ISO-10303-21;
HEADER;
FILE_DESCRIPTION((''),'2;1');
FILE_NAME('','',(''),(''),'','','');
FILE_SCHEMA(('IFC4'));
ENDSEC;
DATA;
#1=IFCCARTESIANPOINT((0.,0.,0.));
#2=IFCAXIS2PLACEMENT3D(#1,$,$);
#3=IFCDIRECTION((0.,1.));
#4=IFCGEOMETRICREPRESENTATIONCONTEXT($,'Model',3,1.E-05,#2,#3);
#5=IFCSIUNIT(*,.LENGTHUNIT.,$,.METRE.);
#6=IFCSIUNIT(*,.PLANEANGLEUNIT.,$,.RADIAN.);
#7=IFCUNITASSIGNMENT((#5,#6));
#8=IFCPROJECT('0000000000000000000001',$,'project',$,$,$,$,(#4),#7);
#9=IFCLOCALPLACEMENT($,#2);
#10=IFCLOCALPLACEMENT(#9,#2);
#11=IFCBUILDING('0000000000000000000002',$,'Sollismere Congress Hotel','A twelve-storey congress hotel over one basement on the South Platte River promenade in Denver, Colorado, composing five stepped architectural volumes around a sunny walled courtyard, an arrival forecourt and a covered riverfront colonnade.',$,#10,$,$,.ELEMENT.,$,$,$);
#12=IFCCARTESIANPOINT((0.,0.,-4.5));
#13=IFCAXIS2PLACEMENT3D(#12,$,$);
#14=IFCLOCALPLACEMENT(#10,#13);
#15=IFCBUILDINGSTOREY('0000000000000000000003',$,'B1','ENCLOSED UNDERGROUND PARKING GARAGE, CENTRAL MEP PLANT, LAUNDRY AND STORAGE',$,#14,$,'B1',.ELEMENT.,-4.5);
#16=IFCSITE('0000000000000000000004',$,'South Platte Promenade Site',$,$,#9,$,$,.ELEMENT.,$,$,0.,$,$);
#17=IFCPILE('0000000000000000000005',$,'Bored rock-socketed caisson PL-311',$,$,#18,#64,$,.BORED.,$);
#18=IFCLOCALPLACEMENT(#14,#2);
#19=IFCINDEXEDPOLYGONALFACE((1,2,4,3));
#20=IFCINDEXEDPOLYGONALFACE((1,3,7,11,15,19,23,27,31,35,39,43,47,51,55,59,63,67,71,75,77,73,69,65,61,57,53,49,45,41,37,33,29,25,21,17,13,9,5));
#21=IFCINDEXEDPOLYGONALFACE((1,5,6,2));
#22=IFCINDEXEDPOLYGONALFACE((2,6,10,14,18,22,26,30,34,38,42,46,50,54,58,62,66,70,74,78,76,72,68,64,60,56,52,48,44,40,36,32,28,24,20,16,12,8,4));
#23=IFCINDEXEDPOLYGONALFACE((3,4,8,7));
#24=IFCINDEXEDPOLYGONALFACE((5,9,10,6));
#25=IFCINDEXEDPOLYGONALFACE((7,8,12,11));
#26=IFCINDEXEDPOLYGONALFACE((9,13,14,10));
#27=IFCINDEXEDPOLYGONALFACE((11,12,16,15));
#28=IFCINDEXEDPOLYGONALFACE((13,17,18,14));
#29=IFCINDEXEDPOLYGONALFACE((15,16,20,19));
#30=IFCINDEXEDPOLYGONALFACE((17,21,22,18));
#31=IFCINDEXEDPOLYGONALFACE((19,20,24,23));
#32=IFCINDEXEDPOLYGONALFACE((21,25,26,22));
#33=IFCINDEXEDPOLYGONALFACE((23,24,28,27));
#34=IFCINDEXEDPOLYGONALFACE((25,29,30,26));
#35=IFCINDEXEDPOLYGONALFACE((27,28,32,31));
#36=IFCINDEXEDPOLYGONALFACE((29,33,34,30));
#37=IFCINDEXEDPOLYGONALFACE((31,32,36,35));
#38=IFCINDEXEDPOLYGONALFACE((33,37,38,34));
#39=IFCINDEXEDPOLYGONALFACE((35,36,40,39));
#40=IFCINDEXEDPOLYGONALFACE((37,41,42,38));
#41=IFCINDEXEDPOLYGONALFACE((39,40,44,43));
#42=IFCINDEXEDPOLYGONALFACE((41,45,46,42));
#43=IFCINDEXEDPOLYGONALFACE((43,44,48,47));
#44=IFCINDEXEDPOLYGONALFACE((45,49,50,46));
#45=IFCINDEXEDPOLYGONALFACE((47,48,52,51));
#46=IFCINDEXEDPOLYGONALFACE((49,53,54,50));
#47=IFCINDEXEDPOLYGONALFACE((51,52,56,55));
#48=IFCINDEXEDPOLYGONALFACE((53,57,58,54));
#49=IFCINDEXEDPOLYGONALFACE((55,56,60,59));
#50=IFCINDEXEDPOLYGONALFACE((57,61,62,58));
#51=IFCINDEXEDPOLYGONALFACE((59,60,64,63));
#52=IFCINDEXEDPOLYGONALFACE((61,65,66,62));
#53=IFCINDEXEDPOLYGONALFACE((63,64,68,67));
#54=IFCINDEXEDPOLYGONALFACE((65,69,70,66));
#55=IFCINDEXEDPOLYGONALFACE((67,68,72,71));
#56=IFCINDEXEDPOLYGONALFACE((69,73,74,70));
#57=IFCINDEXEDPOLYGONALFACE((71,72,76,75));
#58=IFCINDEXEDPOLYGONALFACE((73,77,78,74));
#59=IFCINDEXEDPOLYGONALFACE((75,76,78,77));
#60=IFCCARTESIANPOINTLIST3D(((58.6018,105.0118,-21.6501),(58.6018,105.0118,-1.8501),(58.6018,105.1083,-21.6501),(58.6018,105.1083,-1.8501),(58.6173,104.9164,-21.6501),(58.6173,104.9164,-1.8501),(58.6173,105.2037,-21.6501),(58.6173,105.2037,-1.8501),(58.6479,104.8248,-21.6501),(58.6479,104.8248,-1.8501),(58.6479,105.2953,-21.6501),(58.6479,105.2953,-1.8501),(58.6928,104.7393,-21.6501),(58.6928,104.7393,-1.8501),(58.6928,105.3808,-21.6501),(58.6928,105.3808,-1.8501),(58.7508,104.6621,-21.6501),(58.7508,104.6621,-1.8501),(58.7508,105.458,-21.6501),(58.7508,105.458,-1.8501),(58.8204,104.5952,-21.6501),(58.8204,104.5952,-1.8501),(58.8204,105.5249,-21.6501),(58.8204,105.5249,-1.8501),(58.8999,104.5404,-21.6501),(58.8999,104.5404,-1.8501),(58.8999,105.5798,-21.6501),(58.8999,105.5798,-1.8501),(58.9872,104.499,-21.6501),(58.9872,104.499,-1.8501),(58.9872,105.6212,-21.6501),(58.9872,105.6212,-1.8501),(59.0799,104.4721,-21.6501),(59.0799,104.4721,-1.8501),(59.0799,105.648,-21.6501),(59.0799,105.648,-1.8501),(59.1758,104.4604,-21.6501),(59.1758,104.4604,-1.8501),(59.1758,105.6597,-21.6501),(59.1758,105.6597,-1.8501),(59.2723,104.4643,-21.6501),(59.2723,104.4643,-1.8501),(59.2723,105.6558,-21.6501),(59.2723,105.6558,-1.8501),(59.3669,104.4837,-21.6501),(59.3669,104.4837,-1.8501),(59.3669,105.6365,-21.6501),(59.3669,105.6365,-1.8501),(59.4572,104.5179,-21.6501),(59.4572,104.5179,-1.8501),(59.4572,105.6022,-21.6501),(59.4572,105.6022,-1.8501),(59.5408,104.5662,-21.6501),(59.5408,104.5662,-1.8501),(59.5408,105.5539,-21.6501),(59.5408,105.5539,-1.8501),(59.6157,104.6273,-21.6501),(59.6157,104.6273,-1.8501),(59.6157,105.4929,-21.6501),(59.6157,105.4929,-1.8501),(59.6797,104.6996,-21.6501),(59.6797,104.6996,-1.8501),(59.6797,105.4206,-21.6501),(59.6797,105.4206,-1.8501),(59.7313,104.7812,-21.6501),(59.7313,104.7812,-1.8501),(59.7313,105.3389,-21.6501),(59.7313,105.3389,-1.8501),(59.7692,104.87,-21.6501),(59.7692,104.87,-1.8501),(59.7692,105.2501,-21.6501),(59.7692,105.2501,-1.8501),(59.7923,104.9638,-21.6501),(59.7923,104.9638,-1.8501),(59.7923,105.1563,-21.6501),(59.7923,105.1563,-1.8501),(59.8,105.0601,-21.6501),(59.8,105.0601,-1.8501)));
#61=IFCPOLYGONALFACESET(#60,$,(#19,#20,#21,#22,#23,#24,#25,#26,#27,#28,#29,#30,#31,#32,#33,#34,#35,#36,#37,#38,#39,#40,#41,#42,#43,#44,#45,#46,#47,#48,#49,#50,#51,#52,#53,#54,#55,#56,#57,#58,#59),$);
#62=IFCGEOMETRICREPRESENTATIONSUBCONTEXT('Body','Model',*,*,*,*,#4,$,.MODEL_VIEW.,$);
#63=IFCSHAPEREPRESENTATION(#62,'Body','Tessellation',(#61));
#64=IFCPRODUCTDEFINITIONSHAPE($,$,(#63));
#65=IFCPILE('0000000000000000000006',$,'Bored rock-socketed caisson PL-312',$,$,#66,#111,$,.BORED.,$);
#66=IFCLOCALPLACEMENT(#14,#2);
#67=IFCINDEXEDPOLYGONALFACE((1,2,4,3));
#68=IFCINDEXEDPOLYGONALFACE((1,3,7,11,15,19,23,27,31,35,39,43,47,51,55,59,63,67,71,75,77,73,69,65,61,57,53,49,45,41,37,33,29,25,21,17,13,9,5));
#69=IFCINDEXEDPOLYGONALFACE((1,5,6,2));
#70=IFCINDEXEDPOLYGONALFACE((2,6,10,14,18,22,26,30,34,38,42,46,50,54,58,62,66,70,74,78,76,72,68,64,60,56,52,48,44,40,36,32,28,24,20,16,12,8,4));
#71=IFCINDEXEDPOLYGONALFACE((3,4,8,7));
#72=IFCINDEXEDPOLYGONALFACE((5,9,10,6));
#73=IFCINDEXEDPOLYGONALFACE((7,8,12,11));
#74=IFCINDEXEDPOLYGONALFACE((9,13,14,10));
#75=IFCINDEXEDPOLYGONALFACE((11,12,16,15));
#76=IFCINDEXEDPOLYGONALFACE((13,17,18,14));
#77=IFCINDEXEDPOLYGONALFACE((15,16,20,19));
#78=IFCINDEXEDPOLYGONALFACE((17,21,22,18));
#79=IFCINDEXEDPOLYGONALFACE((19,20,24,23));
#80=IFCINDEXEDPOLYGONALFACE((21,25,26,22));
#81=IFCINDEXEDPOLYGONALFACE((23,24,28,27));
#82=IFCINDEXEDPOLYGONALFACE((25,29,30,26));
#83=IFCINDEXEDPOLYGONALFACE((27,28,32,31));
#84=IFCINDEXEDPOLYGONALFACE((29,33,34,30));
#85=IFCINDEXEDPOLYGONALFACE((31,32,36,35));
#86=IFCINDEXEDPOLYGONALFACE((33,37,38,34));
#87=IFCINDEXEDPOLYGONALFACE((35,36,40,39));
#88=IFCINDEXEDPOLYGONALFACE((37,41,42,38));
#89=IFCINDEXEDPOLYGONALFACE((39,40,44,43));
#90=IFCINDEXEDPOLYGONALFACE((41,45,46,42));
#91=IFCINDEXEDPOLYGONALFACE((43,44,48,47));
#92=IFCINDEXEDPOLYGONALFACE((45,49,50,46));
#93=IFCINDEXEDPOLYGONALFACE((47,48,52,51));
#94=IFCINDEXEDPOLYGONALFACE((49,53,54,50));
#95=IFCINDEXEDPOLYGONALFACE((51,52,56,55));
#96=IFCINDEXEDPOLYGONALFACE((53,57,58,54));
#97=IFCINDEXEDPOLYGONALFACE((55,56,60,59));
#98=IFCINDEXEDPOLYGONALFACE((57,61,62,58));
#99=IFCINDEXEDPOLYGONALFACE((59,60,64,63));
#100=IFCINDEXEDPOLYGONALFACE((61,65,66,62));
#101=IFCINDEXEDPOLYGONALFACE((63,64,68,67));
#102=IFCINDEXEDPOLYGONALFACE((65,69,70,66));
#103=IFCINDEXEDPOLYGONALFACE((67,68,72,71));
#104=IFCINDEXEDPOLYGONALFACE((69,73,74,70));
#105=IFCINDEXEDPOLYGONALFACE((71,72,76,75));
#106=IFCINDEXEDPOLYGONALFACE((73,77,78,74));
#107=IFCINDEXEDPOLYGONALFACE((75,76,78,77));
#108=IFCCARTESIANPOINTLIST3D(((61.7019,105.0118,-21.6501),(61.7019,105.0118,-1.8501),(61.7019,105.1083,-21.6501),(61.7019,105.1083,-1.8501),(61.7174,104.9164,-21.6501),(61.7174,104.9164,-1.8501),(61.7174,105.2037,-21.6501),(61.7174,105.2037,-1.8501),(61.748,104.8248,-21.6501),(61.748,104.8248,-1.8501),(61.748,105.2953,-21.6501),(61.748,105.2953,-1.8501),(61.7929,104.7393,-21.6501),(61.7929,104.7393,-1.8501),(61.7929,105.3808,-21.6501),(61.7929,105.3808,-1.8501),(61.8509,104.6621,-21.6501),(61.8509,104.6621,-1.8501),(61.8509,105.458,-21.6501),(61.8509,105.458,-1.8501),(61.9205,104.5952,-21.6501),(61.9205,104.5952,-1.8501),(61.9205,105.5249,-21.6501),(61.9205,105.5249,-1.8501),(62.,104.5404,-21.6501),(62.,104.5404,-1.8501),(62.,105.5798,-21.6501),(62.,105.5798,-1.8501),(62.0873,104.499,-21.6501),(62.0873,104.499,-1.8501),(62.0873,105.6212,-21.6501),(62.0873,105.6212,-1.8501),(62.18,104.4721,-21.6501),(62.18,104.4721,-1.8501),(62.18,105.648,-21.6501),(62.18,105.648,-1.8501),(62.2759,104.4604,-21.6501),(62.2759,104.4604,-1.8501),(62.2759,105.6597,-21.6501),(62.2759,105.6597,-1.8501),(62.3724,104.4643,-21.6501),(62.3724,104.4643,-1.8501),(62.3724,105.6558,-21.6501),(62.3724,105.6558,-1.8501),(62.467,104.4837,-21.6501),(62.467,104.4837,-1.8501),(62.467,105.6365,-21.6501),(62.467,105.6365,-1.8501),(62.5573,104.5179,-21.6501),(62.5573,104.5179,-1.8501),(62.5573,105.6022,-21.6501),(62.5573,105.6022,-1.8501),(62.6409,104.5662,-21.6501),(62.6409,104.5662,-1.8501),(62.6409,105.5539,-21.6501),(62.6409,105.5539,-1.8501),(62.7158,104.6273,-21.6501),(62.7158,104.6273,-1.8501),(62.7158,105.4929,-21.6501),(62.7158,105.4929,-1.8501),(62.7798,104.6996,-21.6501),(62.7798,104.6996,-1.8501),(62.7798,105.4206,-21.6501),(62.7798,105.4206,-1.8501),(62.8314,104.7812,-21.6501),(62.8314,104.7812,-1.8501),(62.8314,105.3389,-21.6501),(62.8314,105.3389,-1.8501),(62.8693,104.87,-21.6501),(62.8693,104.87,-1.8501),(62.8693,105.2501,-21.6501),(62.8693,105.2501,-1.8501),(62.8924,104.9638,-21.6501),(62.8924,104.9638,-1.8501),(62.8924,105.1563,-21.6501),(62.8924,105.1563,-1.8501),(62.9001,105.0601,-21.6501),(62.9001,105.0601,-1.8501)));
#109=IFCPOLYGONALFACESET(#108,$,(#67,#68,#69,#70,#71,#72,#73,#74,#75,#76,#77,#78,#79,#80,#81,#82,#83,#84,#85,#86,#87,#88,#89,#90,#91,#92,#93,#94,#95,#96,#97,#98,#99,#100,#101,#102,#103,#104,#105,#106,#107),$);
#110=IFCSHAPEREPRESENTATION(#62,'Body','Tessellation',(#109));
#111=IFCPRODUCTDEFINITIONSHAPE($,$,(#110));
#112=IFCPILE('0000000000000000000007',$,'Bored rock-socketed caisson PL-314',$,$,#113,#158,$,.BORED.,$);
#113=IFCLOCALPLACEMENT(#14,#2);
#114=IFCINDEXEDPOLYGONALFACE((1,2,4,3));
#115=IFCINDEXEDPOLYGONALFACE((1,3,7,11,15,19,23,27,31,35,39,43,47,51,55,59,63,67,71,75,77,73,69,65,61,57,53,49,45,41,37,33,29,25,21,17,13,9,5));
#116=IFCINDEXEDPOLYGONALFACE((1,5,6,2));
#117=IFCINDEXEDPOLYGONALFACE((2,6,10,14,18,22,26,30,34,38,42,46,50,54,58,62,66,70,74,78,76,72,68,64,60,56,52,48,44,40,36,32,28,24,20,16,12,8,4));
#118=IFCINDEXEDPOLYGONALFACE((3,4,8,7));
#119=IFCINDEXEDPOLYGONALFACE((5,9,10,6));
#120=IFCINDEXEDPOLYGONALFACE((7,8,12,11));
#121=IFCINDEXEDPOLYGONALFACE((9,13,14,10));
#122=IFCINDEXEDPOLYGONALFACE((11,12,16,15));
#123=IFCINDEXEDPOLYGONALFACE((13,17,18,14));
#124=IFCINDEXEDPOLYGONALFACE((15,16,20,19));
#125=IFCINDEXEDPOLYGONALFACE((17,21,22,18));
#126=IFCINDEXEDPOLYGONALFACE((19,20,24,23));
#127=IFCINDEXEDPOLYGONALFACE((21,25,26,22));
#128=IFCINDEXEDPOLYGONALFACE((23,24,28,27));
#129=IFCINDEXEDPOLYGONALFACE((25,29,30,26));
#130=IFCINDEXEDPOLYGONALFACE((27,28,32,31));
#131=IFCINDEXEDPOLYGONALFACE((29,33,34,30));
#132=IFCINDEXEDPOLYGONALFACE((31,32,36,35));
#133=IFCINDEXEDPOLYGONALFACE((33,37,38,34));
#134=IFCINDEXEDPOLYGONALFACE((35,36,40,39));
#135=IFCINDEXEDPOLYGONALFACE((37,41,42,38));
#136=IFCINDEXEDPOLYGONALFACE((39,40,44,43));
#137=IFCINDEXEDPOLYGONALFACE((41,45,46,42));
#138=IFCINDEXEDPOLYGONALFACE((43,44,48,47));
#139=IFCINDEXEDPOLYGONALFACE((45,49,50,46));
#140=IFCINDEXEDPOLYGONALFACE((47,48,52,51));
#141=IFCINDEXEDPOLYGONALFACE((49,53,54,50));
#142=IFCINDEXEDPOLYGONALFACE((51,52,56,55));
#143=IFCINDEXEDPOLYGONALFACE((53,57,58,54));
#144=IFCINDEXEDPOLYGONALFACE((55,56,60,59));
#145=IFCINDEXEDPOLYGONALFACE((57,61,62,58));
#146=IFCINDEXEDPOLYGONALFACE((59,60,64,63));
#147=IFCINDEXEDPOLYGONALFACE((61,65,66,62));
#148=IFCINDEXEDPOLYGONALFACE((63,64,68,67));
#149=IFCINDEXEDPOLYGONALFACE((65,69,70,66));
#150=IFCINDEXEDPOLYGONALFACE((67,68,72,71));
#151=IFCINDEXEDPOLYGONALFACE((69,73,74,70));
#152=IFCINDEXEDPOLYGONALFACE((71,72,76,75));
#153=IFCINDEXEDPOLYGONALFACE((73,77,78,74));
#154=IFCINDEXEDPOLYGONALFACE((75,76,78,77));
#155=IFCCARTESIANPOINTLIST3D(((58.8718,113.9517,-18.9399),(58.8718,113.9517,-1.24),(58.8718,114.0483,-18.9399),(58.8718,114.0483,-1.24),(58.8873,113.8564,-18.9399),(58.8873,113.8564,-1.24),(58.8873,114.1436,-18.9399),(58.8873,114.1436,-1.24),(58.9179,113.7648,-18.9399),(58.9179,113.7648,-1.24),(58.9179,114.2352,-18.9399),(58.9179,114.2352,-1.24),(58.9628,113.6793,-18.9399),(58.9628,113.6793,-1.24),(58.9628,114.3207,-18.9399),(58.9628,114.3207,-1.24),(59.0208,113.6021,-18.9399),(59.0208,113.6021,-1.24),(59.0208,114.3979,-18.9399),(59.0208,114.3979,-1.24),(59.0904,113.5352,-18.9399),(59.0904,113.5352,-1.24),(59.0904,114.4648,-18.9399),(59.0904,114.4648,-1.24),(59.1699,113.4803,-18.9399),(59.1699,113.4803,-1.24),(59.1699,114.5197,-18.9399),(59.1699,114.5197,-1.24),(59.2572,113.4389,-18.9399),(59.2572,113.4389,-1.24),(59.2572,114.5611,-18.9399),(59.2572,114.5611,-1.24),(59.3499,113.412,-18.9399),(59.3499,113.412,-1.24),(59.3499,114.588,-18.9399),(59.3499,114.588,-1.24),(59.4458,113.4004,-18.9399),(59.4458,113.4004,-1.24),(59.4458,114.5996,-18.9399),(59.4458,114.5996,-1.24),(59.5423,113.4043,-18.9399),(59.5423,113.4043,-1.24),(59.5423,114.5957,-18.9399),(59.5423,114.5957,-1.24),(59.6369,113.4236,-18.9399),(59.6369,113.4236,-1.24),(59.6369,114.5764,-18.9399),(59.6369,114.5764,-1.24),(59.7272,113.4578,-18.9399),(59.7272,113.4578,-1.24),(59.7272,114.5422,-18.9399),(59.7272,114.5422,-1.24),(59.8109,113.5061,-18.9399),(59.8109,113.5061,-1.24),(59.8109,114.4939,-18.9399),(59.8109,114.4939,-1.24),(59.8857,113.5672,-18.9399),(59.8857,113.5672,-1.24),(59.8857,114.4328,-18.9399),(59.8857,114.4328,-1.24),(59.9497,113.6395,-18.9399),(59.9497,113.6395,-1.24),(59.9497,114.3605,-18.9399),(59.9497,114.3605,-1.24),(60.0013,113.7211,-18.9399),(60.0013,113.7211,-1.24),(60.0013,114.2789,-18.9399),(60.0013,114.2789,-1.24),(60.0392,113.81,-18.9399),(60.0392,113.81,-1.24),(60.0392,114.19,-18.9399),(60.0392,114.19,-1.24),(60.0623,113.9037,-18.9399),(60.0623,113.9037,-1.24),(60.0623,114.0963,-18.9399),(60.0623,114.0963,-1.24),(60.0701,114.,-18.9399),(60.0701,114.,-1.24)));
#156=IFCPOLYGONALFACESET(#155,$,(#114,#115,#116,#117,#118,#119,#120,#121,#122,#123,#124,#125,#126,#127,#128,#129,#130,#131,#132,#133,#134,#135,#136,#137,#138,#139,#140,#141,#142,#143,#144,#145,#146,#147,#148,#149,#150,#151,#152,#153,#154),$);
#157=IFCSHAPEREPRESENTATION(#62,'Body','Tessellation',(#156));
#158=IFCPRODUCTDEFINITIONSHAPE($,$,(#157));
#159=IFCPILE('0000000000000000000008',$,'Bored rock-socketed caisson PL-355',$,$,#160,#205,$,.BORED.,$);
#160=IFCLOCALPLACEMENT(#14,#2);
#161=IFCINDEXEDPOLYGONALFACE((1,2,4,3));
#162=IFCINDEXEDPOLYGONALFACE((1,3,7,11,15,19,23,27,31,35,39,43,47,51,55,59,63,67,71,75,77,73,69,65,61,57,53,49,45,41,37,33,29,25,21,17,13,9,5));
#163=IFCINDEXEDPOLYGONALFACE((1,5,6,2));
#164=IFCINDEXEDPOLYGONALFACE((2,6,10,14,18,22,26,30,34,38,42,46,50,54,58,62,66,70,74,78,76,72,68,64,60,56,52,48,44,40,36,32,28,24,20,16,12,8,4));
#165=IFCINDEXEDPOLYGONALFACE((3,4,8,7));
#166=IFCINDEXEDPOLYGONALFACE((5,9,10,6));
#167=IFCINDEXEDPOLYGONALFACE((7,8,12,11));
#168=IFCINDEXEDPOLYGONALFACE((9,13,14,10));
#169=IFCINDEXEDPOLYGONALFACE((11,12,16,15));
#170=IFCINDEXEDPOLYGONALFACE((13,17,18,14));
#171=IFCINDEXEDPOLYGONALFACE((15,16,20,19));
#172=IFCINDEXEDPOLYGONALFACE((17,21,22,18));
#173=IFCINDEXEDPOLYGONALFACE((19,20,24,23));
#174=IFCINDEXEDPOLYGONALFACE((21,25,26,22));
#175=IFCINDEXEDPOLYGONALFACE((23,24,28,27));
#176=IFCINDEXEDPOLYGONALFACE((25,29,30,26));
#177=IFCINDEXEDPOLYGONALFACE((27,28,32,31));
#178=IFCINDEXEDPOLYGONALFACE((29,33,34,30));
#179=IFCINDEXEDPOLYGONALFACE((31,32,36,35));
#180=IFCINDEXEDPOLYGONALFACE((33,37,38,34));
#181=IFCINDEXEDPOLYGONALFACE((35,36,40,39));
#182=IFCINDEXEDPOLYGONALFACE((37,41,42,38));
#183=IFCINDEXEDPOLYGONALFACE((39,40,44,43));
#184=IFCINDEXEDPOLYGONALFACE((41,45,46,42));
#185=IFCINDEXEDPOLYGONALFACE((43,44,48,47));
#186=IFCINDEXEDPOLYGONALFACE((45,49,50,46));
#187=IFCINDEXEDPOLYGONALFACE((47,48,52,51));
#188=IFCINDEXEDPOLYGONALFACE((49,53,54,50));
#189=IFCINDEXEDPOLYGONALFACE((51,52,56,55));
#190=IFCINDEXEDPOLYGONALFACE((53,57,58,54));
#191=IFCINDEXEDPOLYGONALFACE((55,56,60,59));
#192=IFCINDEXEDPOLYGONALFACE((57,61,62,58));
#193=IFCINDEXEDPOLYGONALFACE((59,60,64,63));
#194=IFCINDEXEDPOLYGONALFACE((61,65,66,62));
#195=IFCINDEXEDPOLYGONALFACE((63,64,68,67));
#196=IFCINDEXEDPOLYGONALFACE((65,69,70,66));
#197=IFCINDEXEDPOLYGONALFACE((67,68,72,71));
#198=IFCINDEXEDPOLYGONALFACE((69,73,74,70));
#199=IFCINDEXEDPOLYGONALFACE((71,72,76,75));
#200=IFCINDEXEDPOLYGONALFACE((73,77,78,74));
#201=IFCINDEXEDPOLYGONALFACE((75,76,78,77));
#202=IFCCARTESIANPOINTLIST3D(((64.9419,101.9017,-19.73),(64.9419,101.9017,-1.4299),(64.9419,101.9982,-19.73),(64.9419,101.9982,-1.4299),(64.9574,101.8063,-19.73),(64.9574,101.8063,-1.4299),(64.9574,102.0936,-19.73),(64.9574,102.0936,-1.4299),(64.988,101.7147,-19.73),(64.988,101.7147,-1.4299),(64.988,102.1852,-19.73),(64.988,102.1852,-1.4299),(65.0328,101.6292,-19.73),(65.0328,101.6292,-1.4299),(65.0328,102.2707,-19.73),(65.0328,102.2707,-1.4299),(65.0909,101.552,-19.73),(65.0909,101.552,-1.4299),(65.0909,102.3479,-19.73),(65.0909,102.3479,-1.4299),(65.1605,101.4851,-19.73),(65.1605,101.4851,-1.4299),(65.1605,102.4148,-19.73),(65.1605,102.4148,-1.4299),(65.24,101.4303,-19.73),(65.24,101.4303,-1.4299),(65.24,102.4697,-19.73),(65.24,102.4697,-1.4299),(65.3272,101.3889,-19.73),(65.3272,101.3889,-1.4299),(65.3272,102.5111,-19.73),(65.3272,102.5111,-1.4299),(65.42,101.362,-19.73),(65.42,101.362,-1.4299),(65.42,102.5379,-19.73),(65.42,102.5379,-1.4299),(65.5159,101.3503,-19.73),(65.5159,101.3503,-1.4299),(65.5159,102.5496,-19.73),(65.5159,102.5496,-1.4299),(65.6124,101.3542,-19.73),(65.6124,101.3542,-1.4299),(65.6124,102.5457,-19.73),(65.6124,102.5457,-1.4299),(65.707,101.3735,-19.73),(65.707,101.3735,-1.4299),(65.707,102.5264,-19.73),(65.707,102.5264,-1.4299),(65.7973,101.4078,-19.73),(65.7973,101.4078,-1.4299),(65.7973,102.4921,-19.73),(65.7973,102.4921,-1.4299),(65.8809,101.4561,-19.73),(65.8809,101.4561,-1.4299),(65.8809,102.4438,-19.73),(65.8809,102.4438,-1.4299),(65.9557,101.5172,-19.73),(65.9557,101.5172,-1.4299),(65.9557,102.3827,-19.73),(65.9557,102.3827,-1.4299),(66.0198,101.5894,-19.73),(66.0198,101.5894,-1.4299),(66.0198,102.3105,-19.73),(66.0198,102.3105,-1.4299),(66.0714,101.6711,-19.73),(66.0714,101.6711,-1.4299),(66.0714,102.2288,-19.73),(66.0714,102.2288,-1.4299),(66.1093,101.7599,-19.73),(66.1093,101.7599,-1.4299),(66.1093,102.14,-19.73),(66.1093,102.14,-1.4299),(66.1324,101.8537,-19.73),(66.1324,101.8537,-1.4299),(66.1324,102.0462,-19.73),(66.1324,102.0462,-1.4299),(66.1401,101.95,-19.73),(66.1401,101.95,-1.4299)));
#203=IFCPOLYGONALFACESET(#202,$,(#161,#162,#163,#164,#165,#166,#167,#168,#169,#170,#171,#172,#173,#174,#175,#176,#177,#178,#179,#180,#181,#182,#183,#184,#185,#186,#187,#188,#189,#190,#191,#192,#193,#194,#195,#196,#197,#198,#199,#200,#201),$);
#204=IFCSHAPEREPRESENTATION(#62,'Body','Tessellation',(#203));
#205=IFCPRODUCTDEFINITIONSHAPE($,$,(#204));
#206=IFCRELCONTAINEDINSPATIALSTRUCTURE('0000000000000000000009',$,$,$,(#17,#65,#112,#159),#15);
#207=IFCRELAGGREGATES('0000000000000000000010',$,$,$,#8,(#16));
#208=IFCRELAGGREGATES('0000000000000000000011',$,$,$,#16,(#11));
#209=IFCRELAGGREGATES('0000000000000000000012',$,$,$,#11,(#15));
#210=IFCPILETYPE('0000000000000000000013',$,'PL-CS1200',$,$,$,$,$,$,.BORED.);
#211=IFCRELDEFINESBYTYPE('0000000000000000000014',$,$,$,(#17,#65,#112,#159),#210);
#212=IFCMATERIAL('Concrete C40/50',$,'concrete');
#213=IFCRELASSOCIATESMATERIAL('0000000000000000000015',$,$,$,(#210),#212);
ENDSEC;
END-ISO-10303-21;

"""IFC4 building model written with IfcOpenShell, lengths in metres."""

from ifc_helpers import new_model, si_unit, direction, frame, origin, origin_2d, place, context, subcontext, project, spatial, circle, extrude, material, material_profile, profile_set, type_object, element, save


model = new_model("IFC4")

# Units and contexts
model_context = context("Model", 3, precision=1e-05, world=origin(), true_north=direction((0.0, 1.0)))
body_context = subcontext(model_context, "Body", "Model", "MODEL_VIEW")
ifc_project = project(units=[si_unit("LENGTHUNIT", "METRE"), si_unit("PLANEANGLEUNIT", "RADIAN")], contexts=[model_context])

# Site, building, storey
site_placement = place(None, origin())
site = spatial("IfcSite", under=ifc_project, at=site_placement, Name="South Platte Promenade Site", CompositionType="ELEMENT", RefElevation=0.0)
building_placement = place(site_placement, origin())
building = spatial("IfcBuilding", under=site, at=building_placement, Name="Sollismere Congress Hotel", Description="A twelve-storey congress hotel over one basement on the South Platte River promenade in Denver, Colorado, composing five stepped architectural volumes around a sunny walled courtyard, an arrival forecourt and a covered riverfront colonnade.", CompositionType="ELEMENT")
storey_placement = place(building_placement, frame((0.0, 0.0, -4.5)))
storey = spatial("IfcBuildingStorey", under=building, at=storey_placement, Name="B1", Description="ENCLOSED UNDERGROUND PARKING GARAGE, CENTRAL MEP PLANT, LAUNDRY AND STORAGE", LongName="B1", CompositionType="ELEMENT", Elevation=-4.5)

# Shared definitions
ifc_material_1 = material(Name="Concrete C40/50", Category="concrete")

# Piles
ifc_material_profile_1 = material_profile(ifc_material_1, circle(Radius=0.6001, at=origin_2d()), Name="CAISSON1200")
ifc_profile_set_1 = profile_set([ifc_material_profile_1], Name="Concrete C40/50")
pile_type = type_object("IfcPileType", Name="PL-CS1200", PredefinedType="BORED", material=ifc_profile_set_1)
for number, where, z_axis, x_axis, name in (
    (1, (59.2, 105.0601, -1.8501), (0.0, 0.0, -1.0), (1.0, 0.0, 0.0), "Bored rock-socketed caisson PL-311"),
    (2, (62.3, 105.0601, -1.8501), (0.0, 0.0, -1.0), (1.0, 0.0, 0.0), "Bored rock-socketed caisson PL-312"),
):
    element("IfcPile", number, at=place(storey_placement, frame(where, z_axis=z_axis, x_axis=x_axis)), inside=storey, type_object=pile_type, Name=name, PredefinedType="BORED", context=body_context, shape_type="SweptSolid", body=[
        extrude(circle(Radius=0.6001, at=origin_2d()), origin(), (0.0, 0.0, 1.0), 19.8),
    ])
pile_1_placement = place(storey_placement, frame((59.47, 114.0, -1.24), z_axis=(0.0, 0.0, -1.0), x_axis=(1.0, 0.0, 0.0)))
element("IfcPile", 3, at=pile_1_placement, inside=storey, type_object=pile_type, Name="Bored rock-socketed caisson PL-314", PredefinedType="BORED", context=body_context, shape_type="SweptSolid", body=[
    extrude(circle(Radius=0.6001, at=origin_2d()), origin(), (0.0, 0.0, 1.0), 17.7),
])
for number, where, z_axis, x_axis, name in (
    (4, (65.54, 101.95, -1.4299), (0.0, 0.0, -1.0), (1.0, 0.0, 0.0), "Bored rock-socketed caisson PL-355"),
):
    element("IfcPile", number, at=place(storey_placement, frame(where, z_axis=z_axis, x_axis=x_axis)), inside=storey, type_object=pile_type, Name=name, PredefinedType="BORED", context=body_context, shape_type="SweptSolid", body=[
        extrude(circle(Radius=0.6001, at=origin_2d()), origin(), (0.0, 0.0, 1.0), 18.3),
    ])

save(model, "model.ifc")
